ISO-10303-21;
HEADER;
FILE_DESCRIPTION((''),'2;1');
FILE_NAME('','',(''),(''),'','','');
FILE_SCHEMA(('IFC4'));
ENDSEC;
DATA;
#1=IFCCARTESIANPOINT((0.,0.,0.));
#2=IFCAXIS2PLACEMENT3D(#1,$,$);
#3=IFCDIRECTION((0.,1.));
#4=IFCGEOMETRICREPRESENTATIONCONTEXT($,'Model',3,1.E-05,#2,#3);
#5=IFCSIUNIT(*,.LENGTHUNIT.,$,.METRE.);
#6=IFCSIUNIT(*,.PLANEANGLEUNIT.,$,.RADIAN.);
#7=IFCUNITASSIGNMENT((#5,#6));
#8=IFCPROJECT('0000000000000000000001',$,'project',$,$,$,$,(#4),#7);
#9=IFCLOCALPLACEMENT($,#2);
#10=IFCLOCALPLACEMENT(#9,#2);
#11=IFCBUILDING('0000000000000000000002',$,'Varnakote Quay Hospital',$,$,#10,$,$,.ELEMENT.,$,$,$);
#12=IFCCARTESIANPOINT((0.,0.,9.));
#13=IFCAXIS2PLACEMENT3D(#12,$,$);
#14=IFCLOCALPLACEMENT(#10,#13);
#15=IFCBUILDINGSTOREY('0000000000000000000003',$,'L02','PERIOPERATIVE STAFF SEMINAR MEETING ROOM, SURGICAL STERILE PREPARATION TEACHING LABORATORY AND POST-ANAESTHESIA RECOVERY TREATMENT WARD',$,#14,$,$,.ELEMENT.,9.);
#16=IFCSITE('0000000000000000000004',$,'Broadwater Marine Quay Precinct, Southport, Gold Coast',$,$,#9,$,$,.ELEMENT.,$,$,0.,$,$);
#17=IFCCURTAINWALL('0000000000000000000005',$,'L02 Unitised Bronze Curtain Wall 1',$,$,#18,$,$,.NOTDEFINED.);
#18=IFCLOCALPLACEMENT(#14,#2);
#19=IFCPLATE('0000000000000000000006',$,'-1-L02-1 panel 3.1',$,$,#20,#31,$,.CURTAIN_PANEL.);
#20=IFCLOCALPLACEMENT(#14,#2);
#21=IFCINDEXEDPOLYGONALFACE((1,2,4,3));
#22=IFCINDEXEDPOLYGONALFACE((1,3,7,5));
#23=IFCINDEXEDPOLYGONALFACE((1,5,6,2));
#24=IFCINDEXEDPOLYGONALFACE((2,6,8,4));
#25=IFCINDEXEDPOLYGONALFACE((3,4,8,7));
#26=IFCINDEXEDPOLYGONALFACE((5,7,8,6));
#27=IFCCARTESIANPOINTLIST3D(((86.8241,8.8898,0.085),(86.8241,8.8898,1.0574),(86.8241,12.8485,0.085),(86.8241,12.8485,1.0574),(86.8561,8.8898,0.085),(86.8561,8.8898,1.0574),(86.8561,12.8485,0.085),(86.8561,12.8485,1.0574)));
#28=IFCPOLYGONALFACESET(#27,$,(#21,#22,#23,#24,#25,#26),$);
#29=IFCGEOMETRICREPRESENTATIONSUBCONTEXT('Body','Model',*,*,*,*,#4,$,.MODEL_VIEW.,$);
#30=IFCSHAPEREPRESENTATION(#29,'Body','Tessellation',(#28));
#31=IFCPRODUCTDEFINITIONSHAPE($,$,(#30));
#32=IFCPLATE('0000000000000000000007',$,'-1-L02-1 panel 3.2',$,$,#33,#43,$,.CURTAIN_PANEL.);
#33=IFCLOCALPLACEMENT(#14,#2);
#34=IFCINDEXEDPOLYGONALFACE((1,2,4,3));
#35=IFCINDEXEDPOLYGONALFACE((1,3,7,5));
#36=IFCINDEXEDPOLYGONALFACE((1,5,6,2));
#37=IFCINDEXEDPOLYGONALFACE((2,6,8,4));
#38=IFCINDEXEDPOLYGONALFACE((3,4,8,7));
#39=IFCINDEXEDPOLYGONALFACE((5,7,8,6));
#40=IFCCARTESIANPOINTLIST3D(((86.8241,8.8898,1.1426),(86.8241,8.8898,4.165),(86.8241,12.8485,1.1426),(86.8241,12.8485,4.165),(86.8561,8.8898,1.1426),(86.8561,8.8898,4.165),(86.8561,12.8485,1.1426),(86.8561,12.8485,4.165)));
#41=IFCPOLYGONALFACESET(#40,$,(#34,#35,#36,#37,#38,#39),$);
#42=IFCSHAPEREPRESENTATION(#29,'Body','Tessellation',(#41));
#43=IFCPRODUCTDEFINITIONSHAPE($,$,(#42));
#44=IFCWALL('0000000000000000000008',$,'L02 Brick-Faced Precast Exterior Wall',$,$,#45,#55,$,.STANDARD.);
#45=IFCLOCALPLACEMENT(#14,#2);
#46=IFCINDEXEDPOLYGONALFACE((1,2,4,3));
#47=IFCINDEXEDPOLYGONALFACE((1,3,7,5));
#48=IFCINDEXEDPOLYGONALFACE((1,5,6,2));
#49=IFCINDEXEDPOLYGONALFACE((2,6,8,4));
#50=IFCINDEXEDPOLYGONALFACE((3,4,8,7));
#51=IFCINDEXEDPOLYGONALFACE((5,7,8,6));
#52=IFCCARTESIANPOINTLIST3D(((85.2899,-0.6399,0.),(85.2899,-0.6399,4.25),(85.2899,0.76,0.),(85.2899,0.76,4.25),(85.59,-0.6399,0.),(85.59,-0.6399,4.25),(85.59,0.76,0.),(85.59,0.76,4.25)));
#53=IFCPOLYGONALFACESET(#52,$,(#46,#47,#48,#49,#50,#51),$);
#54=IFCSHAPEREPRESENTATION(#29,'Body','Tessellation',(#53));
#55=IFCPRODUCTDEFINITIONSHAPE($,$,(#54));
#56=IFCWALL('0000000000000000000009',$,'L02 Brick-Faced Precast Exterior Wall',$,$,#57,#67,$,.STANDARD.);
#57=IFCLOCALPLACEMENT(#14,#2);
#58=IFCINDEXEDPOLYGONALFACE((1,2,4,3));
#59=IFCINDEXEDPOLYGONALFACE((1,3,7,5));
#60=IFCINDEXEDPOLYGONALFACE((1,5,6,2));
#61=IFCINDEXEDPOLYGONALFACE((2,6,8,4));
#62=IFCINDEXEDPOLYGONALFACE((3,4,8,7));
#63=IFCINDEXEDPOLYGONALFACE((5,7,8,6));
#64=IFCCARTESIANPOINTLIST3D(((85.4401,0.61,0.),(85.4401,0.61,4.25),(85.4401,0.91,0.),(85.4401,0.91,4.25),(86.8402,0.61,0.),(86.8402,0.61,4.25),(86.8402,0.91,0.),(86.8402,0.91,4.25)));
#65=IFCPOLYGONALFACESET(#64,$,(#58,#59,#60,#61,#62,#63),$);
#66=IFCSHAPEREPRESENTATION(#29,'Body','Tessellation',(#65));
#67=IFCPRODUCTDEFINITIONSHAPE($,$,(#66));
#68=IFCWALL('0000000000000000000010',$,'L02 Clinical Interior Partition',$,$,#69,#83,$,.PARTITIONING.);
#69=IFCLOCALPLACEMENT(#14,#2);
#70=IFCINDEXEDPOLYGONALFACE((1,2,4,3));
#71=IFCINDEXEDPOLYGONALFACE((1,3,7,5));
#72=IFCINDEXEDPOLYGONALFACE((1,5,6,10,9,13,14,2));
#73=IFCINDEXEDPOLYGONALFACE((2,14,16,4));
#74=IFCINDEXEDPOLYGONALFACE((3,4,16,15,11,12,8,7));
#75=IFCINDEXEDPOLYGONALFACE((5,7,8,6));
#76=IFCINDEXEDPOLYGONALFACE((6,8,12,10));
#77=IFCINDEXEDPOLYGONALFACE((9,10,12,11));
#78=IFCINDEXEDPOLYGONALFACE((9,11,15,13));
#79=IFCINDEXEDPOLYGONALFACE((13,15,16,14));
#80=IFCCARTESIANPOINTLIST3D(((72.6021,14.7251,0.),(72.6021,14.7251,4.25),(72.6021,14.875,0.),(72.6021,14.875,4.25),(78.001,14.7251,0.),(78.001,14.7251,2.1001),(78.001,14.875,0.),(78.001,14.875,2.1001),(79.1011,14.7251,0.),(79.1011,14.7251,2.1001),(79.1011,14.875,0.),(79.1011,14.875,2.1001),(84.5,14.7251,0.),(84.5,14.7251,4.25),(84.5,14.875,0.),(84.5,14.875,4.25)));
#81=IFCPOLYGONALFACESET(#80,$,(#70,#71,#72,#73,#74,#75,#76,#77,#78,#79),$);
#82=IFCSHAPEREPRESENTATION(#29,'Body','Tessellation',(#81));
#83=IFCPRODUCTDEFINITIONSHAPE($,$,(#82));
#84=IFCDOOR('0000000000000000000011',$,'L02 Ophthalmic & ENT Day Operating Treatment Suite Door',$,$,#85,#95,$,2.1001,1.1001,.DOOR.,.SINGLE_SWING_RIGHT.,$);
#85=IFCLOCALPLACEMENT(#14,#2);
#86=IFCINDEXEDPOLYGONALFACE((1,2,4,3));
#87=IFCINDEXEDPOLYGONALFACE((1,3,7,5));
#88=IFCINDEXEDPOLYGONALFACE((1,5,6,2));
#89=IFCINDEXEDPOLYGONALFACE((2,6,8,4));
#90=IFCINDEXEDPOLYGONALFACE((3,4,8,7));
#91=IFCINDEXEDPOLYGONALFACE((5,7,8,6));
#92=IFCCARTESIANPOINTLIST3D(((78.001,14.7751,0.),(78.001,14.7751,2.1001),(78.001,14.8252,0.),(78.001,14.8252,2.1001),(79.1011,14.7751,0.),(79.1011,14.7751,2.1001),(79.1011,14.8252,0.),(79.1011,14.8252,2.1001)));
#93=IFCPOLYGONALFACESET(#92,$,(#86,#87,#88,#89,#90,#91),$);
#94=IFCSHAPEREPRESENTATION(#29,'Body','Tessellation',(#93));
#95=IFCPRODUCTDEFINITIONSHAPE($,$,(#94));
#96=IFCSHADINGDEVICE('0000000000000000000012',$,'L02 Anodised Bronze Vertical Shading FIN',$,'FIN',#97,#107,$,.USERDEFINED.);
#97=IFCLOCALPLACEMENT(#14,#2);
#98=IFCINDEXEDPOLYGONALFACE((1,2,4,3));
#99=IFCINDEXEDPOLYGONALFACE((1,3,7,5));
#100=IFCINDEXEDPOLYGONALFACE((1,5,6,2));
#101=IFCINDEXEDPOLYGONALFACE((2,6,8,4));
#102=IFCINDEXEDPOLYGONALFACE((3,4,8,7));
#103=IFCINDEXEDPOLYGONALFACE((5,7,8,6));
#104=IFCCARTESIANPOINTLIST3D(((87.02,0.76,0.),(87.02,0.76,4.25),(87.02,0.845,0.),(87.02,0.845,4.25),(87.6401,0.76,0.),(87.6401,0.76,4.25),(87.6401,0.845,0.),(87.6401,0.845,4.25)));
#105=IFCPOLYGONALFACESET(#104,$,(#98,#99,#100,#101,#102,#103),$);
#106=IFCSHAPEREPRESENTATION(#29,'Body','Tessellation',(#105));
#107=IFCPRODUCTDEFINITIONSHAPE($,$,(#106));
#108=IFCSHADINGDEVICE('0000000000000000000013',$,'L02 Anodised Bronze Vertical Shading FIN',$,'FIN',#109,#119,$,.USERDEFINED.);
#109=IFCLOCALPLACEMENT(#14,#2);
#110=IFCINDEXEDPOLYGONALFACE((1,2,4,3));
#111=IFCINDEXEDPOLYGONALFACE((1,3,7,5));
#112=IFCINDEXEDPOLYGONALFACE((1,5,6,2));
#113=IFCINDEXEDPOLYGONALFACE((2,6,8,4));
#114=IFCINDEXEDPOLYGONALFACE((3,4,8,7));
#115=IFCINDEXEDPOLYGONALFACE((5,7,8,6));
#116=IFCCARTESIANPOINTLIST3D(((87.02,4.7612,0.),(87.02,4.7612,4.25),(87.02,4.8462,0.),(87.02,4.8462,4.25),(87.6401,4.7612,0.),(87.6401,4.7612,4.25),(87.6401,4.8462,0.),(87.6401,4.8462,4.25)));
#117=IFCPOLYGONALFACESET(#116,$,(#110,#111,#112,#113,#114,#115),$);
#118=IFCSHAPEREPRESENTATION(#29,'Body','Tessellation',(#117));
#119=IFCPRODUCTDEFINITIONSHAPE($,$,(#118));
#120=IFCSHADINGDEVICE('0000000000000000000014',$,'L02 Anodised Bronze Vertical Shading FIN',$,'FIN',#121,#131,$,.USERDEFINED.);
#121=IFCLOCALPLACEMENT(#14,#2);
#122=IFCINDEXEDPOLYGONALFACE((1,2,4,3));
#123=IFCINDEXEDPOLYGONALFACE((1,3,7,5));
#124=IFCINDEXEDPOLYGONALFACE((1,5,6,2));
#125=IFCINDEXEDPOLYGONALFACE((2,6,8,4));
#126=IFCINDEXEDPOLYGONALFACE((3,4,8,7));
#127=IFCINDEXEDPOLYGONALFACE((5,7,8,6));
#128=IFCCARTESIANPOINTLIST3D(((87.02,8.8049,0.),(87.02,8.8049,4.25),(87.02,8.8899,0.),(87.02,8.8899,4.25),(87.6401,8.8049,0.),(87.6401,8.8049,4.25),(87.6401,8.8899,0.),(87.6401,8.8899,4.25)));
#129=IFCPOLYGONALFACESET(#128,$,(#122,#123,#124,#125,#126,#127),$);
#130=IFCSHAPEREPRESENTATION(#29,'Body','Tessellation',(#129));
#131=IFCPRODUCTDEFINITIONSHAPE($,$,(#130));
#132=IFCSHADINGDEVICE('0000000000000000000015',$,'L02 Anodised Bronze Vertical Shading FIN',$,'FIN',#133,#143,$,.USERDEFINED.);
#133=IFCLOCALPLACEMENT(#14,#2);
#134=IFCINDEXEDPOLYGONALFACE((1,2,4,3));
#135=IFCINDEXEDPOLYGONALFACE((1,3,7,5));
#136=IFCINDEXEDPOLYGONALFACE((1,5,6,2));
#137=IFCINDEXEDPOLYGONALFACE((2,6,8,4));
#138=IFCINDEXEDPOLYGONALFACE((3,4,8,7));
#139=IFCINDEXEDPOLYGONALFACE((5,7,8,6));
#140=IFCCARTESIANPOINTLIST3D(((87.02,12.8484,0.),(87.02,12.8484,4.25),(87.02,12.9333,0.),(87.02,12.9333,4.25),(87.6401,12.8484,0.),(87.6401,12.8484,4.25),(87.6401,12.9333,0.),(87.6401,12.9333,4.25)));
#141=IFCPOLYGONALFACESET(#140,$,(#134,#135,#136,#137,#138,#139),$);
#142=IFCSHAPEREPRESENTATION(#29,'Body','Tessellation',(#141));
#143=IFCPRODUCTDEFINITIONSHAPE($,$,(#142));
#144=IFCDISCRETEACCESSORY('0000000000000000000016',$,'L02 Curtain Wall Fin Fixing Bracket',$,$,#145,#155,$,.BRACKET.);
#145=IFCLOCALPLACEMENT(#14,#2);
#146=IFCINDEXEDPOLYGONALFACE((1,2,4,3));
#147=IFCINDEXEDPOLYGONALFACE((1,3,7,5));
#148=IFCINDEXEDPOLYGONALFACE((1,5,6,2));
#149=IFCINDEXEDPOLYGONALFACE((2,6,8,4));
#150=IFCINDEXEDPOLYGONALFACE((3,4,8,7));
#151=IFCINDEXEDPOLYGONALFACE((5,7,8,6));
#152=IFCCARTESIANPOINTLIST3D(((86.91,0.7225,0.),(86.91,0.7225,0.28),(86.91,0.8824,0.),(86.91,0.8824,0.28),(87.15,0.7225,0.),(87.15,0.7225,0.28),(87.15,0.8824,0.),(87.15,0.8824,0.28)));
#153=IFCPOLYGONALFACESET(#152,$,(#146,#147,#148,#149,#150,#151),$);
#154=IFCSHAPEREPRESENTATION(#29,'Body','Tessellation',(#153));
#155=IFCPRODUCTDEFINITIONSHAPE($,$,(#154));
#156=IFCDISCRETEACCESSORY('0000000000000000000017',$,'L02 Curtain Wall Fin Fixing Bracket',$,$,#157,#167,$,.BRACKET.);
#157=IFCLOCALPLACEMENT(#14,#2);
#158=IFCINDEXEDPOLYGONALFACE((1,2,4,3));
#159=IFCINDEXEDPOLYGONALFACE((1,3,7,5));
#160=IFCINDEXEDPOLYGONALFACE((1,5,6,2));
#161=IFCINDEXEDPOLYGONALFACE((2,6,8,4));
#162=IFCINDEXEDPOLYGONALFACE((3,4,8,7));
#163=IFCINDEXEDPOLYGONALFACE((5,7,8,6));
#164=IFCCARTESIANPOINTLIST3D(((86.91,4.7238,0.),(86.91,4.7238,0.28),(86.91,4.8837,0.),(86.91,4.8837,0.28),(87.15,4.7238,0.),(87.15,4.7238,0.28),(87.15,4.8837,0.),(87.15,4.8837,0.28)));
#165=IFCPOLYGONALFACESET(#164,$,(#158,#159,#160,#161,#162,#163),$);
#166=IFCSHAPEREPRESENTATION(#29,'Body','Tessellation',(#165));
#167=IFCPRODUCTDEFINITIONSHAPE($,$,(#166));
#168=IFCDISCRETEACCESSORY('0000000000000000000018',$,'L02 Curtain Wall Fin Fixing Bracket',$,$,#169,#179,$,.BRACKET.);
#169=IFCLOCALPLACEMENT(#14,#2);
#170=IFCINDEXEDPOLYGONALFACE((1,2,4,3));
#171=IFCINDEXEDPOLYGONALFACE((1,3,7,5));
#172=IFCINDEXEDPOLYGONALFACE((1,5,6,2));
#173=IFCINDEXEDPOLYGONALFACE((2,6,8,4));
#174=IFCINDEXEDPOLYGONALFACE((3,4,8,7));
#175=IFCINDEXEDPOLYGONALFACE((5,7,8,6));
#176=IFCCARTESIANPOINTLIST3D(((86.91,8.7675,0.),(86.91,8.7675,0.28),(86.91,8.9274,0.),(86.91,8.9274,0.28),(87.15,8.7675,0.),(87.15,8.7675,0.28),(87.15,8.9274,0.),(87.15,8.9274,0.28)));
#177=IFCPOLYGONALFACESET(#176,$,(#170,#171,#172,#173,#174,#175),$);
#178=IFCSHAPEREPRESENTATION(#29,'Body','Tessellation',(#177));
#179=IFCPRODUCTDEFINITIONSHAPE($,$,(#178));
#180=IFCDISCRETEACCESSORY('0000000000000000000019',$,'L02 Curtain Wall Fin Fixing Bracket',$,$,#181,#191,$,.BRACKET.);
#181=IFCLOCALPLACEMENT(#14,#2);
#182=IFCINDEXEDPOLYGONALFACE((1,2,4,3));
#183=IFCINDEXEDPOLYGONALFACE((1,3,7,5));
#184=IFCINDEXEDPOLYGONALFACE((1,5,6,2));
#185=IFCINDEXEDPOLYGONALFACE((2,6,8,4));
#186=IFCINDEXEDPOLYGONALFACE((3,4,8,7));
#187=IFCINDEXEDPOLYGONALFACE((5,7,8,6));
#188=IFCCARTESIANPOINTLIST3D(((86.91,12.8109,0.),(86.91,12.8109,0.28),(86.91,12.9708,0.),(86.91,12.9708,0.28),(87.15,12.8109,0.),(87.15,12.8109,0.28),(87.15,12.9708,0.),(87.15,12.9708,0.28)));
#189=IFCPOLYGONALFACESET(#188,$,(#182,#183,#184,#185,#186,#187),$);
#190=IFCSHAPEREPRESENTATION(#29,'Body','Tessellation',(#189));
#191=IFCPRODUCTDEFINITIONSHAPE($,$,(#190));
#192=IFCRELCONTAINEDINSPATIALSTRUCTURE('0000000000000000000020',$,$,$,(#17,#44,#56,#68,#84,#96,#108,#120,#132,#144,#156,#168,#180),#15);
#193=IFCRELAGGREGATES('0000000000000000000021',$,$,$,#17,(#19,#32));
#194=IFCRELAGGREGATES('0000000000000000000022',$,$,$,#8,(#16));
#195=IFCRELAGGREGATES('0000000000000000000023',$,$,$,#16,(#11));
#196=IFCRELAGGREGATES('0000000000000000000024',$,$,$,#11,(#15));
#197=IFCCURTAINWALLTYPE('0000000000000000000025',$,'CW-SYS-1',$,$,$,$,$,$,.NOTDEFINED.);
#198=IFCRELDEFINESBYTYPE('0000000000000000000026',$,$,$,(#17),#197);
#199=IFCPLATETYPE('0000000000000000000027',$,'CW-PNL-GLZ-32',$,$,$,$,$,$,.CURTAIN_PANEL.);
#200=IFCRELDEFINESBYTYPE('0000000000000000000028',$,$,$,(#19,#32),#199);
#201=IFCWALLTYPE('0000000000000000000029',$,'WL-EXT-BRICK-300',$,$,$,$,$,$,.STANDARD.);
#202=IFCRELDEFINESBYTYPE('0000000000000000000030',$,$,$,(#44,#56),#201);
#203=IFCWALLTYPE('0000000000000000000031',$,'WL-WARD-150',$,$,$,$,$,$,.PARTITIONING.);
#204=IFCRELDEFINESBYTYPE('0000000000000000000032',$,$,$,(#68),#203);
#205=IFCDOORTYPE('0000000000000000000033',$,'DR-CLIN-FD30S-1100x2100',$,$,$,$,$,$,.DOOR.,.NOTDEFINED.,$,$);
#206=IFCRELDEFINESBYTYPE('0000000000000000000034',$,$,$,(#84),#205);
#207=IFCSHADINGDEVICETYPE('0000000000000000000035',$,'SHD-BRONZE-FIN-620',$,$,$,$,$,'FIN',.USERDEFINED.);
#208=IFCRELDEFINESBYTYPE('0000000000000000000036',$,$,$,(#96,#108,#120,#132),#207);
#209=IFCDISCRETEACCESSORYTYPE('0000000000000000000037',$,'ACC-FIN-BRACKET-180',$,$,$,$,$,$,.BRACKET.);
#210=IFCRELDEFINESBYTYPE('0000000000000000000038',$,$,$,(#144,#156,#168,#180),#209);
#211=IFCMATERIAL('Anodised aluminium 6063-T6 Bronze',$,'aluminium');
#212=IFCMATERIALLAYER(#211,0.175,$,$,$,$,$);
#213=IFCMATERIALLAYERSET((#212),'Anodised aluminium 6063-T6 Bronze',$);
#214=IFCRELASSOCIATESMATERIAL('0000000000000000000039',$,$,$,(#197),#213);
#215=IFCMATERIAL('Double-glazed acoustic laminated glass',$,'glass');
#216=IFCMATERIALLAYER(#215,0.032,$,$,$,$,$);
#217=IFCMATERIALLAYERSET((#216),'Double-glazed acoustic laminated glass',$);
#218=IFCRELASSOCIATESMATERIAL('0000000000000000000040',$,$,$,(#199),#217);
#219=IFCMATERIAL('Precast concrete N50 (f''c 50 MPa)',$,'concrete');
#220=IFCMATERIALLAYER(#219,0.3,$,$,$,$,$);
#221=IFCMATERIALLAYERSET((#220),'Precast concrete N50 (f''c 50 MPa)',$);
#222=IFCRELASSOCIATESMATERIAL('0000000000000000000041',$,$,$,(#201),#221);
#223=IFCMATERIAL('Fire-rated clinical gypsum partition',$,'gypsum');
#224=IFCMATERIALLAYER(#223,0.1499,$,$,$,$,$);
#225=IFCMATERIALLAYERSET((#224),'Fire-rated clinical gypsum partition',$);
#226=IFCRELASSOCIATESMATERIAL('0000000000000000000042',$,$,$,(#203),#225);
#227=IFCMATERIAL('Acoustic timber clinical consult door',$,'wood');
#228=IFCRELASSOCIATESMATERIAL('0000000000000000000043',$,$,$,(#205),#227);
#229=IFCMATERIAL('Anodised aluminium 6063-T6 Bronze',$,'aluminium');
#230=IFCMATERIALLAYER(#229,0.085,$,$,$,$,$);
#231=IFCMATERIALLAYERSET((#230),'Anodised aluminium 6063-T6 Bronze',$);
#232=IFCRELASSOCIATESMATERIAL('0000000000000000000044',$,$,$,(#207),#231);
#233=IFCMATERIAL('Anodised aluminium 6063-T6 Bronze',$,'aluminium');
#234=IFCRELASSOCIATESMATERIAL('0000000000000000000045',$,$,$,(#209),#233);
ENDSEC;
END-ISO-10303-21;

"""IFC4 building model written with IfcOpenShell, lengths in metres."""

from ifc_helpers import new_model, si_unit, direction, frame, frame_2d, origin, origin_2d, place, context, subcontext, project, spatial, rectangle, extrude, material, layer, layer_set, type_object, element, fill, aggregate, save


model = new_model("IFC4")

# Units and contexts
model_context = context("Model", 3, precision=1e-05, world=origin(), true_north=direction((0.0, 1.0)))
body_context = subcontext(model_context, "Body", "Model", "MODEL_VIEW")
ifc_project = project(units=[si_unit("LENGTHUNIT", "METRE"), si_unit("PLANEANGLEUNIT", "RADIAN")], contexts=[model_context])

# Site, building, storey
site_placement = place(None, origin())
site = spatial("IfcSite", under=ifc_project, at=site_placement, Name="Broadwater Marine Quay Precinct, Southport, Gold Coast", CompositionType="ELEMENT", RefElevation=0.0)
building_placement = place(site_placement, origin())
building = spatial("IfcBuilding", under=site, at=building_placement, Name="Varnakote Quay Hospital", CompositionType="ELEMENT")
storey_placement = place(building_placement, frame((0.0, 0.0, 9.0)))
storey = spatial("IfcBuildingStorey", under=building, at=storey_placement, Name="L02", Description="PERIOPERATIVE STAFF SEMINAR MEETING ROOM, SURGICAL STERILE PREPARATION TEACHING LABORATORY AND POST-ANAESTHESIA RECOVERY TREATMENT WARD", CompositionType="ELEMENT", Elevation=9.0)

# Curtain wall, plates
ifc_material_1 = material(Name="Anodised aluminium 6063-T6 Bronze", Category="aluminium")
ifc_layer_1 = layer(ifc_material_1, 0.175)
ifc_layer_set_1 = layer_set([ifc_layer_1], Name="Anodised aluminium 6063-T6 Bronze")
curtain_wall_type = type_object("IfcCurtainWallType", Name="CW-SYS-1", PredefinedType="NOTDEFINED", material=ifc_layer_set_1)
curtain_wall_placement = place(storey_placement, origin())
curtain_wall = element("IfcCurtainWall", 1, at=curtain_wall_placement, inside=storey, type_object=curtain_wall_type, Name="L02 Unitised Bronze Curtain Wall 1", PredefinedType="NOTDEFINED")
ifc_material_2 = material(Name="Double-glazed acoustic laminated glass", Category="glass")
ifc_layer_2 = layer(ifc_material_2, 0.032)
ifc_layer_set_2 = layer_set([ifc_layer_2], Name="Double-glazed acoustic laminated glass")
plate_type = type_object("IfcPlateType", Name="CW-PNL-GLZ-32", PredefinedType="CURTAIN_PANEL", material=ifc_layer_set_2)
plate_1_placement = place(storey_placement, frame((86.8401, 10.8691, 0.085), z_axis=(0.0, 0.0, 1.0), x_axis=(0.0, 1.0, 0.0)))
plate_1 = element("IfcPlate", 2, at=plate_1_placement, type_object=plate_type, Name="-1-L02-1 panel 3.1", PredefinedType="CURTAIN_PANEL", context=body_context, shape_type="SweptSolid", body=[
    extrude(rectangle(XDim=3.9587, YDim=0.032, at=origin_2d()), origin(), (0.0, 0.0, 1.0), 0.9724),
])
plate_2_placement = place(storey_placement, frame((86.8401, 10.8691, 1.1426), z_axis=(0.0, 0.0, 1.0), x_axis=(0.0, 1.0, 0.0)))
plate_2 = element("IfcPlate", 3, at=plate_2_placement, type_object=plate_type, Name="-1-L02-1 panel 3.2", PredefinedType="CURTAIN_PANEL", context=body_context, shape_type="SweptSolid", body=[
    extrude(rectangle(XDim=3.9587, YDim=0.032, at=origin_2d()), origin(), (0.0, 0.0, 1.0), 3.0225),
])
aggregate(curtain_wall, [plate_1, plate_2])

# Walls
ifc_material_3 = material(Name="Precast concrete N50 (f'c 50 MPa)", Category="concrete")
ifc_layer_3 = layer(ifc_material_3, 0.3)
ifc_layer_set_3 = layer_set([ifc_layer_3], Name="Precast concrete N50 (f'c 50 MPa)")
wall_type_1 = type_object("IfcWallType", Name="WL-EXT-BRICK-300", PredefinedType="STANDARD", material=ifc_layer_set_3)
wall_1_placement = place(storey_placement, frame((85.4399, -0.6399, 0.0), z_axis=(0.0, 0.0, 1.0), x_axis=(0.0, 1.0, 0.0)))
element("IfcWall", 4, at=wall_1_placement, inside=storey, type_object=wall_type_1, Name="L02 Brick-Faced Precast Exterior Wall", PredefinedType="STANDARD", context=body_context, shape_type="SweptSolid", body=[
    extrude(rectangle(XDim=1.3999, YDim=0.3, at=frame_2d((0.7, 0.0))), origin(), (0.0, 0.0, 1.0), 4.25),
])
wall_2_placement = place(storey_placement, frame((85.4399, 0.76, 0.0), z_axis=(0.0, 0.0, 1.0), x_axis=(1.0, 0.0, 0.0)))
element("IfcWall", 5, at=wall_2_placement, inside=storey, type_object=wall_type_1, Name="L02 Brick-Faced Precast Exterior Wall", PredefinedType="STANDARD", context=body_context, shape_type="SweptSolid", body=[
    extrude(rectangle(XDim=1.4001, YDim=0.3, at=frame_2d((0.7002, 0.0))), origin(), (0.0, 0.0, 1.0), 4.25),
])

# Wall, opening, door
ifc_material_4 = material(Name="Fire-rated clinical gypsum partition", Category="gypsum")
ifc_layer_4 = layer(ifc_material_4, 0.1499)
ifc_layer_set_4 = layer_set([ifc_layer_4], Name="Fire-rated clinical gypsum partition")
wall_type_2 = type_object("IfcWallType", Name="WL-WARD-150", PredefinedType="PARTITIONING", material=ifc_layer_set_4)
wall_3_placement = place(storey_placement, frame((84.5, 14.8, 0.0), z_axis=(0.0, 0.0, 1.0), x_axis=(-1.0, 0.0, 0.0)))
wall_3 = element("IfcWall", 6, at=wall_3_placement, inside=storey, type_object=wall_type_2, Name="L02 Clinical Interior Partition", PredefinedType="PARTITIONING", context=body_context, shape_type="SweptSolid", body=[
    extrude(rectangle(XDim=11.8979, YDim=0.1499, at=frame_2d((5.949, 0.0))), origin(), (0.0, 0.0, 1.0), 4.25),
])
opening_placement = place(wall_3_placement, frame((5.3989, 0.0, 0.0)))
opening = element("IfcOpeningElement", 7, at=opening_placement, cuts=wall_3, PredefinedType="OPENING", context=body_context, shape_type="SweptSolid", body=[
    extrude(rectangle(XDim=1.1001, YDim=2.1001, at=frame_2d((0.55, 1.05))), frame((0.0, 0.085, 0.0), z_axis=(0.0, -1.0, 0.0), x_axis=(1.0, 0.0, 0.0)), (0.0, 0.0, 1.0), 0.1699),
])
ifc_material_5 = material(Name="Acoustic timber clinical consult door", Category="wood")
door_type = type_object("IfcDoorType", Name="DR-CLIN-FD30S-1100x2100", OperationType="NOTDEFINED", PredefinedType="DOOR", material=ifc_material_5)
door_placement = place(opening_placement, origin())
door = element("IfcDoor", 8, at=door_placement, inside=storey, type_object=door_type, Name="L02 Ophthalmic & ENT Day Operating Treatment Suite Door", OperationType="SINGLE_SWING_RIGHT", OverallHeight=2.1001, OverallWidth=1.1001, PredefinedType="DOOR", context=body_context, shape_type="SweptSolid", body=[
    extrude(rectangle(XDim=1.1001, YDim=2.1001, at=frame_2d((0.55, 1.05))), frame((0.0, 0.0249, 0.0), z_axis=(0.0, -1.0, 0.0), x_axis=(1.0, 0.0, 0.0)), (0.0, 0.0, 1.0), 0.05),
])
fill(opening, door)

# Shading devices
ifc_material_6 = material(Name="Anodised aluminium 6063-T6 Bronze", Category="aluminium")
ifc_layer_5 = layer(ifc_material_6, 0.085)
ifc_layer_set_5 = layer_set([ifc_layer_5], Name="Anodised aluminium 6063-T6 Bronze")
shading_device_type = type_object("IfcShadingDeviceType", Name="SHD-BRONZE-FIN-620", ElementType="FIN", PredefinedType="USERDEFINED", material=ifc_layer_set_5)
for number, where, z_axis, x_axis, name in (
    (9, (87.3301, 0.8025, 0.0), (0.0, 0.0, 1.0), (-1.0, 0.0, 0.0), "L02 Anodised Bronze Vertical Shading FIN"),
    (10, (87.3301, 4.8037, 0.0), (0.0, 0.0, 1.0), (-1.0, 0.0, 0.0), "L02 Anodised Bronze Vertical Shading FIN"),
    (11, (87.3301, 8.8474, 0.0), (0.0, 0.0, 1.0), (-1.0, 0.0, 0.0), "L02 Anodised Bronze Vertical Shading FIN"),
    (12, (87.3301, 12.8909, 0.0), (0.0, 0.0, 1.0), (-1.0, 0.0, 0.0), "L02 Anodised Bronze Vertical Shading FIN"),
):
    element("IfcShadingDevice", number, at=place(storey_placement, frame(where, z_axis=z_axis, x_axis=x_axis)), inside=storey, type_object=shading_device_type, Name=name, ObjectType="FIN", PredefinedType="USERDEFINED", context=body_context, shape_type="SweptSolid", body=[
        extrude(rectangle(XDim=0.6201, YDim=0.085, at=origin_2d()), origin(), (0.0, 0.0, 1.0), 4.25),
    ])

# Discrete accessories
ifc_material_7 = material(Name="Anodised aluminium 6063-T6 Bronze", Category="aluminium")
discrete_accessory_type = type_object("IfcDiscreteAccessoryType", Name="ACC-FIN-BRACKET-180", PredefinedType="BRACKET", material=ifc_material_7)
for number, where, z_axis, x_axis, name in (
    (13, (87.03, 0.8025, 0.0), (0.0, 0.0, 1.0), (0.0, 1.0, 0.0), "L02 Curtain Wall Fin Fixing Bracket"),
    (14, (87.03, 4.8037, 0.0), (0.0, 0.0, 1.0), (0.0, 1.0, 0.0), "L02 Curtain Wall Fin Fixing Bracket"),
    (15, (87.03, 8.8474, 0.0), (0.0, 0.0, 1.0), (0.0, 1.0, 0.0), "L02 Curtain Wall Fin Fixing Bracket"),
    (16, (87.03, 12.8909, 0.0), (0.0, 0.0, 1.0), (0.0, 1.0, 0.0), "L02 Curtain Wall Fin Fixing Bracket"),
):
    element("IfcDiscreteAccessory", number, at=place(storey_placement, frame(where, z_axis=z_axis, x_axis=x_axis)), inside=storey, type_object=discrete_accessory_type, Name=name, PredefinedType="BRACKET", context=body_context, shape_type="SweptSolid", body=[
        extrude(rectangle(XDim=0.1599, YDim=0.24, at=origin_2d()), origin(), (0.0, 0.0, 1.0), 0.28),
    ])

save(model, "model.ifc")
